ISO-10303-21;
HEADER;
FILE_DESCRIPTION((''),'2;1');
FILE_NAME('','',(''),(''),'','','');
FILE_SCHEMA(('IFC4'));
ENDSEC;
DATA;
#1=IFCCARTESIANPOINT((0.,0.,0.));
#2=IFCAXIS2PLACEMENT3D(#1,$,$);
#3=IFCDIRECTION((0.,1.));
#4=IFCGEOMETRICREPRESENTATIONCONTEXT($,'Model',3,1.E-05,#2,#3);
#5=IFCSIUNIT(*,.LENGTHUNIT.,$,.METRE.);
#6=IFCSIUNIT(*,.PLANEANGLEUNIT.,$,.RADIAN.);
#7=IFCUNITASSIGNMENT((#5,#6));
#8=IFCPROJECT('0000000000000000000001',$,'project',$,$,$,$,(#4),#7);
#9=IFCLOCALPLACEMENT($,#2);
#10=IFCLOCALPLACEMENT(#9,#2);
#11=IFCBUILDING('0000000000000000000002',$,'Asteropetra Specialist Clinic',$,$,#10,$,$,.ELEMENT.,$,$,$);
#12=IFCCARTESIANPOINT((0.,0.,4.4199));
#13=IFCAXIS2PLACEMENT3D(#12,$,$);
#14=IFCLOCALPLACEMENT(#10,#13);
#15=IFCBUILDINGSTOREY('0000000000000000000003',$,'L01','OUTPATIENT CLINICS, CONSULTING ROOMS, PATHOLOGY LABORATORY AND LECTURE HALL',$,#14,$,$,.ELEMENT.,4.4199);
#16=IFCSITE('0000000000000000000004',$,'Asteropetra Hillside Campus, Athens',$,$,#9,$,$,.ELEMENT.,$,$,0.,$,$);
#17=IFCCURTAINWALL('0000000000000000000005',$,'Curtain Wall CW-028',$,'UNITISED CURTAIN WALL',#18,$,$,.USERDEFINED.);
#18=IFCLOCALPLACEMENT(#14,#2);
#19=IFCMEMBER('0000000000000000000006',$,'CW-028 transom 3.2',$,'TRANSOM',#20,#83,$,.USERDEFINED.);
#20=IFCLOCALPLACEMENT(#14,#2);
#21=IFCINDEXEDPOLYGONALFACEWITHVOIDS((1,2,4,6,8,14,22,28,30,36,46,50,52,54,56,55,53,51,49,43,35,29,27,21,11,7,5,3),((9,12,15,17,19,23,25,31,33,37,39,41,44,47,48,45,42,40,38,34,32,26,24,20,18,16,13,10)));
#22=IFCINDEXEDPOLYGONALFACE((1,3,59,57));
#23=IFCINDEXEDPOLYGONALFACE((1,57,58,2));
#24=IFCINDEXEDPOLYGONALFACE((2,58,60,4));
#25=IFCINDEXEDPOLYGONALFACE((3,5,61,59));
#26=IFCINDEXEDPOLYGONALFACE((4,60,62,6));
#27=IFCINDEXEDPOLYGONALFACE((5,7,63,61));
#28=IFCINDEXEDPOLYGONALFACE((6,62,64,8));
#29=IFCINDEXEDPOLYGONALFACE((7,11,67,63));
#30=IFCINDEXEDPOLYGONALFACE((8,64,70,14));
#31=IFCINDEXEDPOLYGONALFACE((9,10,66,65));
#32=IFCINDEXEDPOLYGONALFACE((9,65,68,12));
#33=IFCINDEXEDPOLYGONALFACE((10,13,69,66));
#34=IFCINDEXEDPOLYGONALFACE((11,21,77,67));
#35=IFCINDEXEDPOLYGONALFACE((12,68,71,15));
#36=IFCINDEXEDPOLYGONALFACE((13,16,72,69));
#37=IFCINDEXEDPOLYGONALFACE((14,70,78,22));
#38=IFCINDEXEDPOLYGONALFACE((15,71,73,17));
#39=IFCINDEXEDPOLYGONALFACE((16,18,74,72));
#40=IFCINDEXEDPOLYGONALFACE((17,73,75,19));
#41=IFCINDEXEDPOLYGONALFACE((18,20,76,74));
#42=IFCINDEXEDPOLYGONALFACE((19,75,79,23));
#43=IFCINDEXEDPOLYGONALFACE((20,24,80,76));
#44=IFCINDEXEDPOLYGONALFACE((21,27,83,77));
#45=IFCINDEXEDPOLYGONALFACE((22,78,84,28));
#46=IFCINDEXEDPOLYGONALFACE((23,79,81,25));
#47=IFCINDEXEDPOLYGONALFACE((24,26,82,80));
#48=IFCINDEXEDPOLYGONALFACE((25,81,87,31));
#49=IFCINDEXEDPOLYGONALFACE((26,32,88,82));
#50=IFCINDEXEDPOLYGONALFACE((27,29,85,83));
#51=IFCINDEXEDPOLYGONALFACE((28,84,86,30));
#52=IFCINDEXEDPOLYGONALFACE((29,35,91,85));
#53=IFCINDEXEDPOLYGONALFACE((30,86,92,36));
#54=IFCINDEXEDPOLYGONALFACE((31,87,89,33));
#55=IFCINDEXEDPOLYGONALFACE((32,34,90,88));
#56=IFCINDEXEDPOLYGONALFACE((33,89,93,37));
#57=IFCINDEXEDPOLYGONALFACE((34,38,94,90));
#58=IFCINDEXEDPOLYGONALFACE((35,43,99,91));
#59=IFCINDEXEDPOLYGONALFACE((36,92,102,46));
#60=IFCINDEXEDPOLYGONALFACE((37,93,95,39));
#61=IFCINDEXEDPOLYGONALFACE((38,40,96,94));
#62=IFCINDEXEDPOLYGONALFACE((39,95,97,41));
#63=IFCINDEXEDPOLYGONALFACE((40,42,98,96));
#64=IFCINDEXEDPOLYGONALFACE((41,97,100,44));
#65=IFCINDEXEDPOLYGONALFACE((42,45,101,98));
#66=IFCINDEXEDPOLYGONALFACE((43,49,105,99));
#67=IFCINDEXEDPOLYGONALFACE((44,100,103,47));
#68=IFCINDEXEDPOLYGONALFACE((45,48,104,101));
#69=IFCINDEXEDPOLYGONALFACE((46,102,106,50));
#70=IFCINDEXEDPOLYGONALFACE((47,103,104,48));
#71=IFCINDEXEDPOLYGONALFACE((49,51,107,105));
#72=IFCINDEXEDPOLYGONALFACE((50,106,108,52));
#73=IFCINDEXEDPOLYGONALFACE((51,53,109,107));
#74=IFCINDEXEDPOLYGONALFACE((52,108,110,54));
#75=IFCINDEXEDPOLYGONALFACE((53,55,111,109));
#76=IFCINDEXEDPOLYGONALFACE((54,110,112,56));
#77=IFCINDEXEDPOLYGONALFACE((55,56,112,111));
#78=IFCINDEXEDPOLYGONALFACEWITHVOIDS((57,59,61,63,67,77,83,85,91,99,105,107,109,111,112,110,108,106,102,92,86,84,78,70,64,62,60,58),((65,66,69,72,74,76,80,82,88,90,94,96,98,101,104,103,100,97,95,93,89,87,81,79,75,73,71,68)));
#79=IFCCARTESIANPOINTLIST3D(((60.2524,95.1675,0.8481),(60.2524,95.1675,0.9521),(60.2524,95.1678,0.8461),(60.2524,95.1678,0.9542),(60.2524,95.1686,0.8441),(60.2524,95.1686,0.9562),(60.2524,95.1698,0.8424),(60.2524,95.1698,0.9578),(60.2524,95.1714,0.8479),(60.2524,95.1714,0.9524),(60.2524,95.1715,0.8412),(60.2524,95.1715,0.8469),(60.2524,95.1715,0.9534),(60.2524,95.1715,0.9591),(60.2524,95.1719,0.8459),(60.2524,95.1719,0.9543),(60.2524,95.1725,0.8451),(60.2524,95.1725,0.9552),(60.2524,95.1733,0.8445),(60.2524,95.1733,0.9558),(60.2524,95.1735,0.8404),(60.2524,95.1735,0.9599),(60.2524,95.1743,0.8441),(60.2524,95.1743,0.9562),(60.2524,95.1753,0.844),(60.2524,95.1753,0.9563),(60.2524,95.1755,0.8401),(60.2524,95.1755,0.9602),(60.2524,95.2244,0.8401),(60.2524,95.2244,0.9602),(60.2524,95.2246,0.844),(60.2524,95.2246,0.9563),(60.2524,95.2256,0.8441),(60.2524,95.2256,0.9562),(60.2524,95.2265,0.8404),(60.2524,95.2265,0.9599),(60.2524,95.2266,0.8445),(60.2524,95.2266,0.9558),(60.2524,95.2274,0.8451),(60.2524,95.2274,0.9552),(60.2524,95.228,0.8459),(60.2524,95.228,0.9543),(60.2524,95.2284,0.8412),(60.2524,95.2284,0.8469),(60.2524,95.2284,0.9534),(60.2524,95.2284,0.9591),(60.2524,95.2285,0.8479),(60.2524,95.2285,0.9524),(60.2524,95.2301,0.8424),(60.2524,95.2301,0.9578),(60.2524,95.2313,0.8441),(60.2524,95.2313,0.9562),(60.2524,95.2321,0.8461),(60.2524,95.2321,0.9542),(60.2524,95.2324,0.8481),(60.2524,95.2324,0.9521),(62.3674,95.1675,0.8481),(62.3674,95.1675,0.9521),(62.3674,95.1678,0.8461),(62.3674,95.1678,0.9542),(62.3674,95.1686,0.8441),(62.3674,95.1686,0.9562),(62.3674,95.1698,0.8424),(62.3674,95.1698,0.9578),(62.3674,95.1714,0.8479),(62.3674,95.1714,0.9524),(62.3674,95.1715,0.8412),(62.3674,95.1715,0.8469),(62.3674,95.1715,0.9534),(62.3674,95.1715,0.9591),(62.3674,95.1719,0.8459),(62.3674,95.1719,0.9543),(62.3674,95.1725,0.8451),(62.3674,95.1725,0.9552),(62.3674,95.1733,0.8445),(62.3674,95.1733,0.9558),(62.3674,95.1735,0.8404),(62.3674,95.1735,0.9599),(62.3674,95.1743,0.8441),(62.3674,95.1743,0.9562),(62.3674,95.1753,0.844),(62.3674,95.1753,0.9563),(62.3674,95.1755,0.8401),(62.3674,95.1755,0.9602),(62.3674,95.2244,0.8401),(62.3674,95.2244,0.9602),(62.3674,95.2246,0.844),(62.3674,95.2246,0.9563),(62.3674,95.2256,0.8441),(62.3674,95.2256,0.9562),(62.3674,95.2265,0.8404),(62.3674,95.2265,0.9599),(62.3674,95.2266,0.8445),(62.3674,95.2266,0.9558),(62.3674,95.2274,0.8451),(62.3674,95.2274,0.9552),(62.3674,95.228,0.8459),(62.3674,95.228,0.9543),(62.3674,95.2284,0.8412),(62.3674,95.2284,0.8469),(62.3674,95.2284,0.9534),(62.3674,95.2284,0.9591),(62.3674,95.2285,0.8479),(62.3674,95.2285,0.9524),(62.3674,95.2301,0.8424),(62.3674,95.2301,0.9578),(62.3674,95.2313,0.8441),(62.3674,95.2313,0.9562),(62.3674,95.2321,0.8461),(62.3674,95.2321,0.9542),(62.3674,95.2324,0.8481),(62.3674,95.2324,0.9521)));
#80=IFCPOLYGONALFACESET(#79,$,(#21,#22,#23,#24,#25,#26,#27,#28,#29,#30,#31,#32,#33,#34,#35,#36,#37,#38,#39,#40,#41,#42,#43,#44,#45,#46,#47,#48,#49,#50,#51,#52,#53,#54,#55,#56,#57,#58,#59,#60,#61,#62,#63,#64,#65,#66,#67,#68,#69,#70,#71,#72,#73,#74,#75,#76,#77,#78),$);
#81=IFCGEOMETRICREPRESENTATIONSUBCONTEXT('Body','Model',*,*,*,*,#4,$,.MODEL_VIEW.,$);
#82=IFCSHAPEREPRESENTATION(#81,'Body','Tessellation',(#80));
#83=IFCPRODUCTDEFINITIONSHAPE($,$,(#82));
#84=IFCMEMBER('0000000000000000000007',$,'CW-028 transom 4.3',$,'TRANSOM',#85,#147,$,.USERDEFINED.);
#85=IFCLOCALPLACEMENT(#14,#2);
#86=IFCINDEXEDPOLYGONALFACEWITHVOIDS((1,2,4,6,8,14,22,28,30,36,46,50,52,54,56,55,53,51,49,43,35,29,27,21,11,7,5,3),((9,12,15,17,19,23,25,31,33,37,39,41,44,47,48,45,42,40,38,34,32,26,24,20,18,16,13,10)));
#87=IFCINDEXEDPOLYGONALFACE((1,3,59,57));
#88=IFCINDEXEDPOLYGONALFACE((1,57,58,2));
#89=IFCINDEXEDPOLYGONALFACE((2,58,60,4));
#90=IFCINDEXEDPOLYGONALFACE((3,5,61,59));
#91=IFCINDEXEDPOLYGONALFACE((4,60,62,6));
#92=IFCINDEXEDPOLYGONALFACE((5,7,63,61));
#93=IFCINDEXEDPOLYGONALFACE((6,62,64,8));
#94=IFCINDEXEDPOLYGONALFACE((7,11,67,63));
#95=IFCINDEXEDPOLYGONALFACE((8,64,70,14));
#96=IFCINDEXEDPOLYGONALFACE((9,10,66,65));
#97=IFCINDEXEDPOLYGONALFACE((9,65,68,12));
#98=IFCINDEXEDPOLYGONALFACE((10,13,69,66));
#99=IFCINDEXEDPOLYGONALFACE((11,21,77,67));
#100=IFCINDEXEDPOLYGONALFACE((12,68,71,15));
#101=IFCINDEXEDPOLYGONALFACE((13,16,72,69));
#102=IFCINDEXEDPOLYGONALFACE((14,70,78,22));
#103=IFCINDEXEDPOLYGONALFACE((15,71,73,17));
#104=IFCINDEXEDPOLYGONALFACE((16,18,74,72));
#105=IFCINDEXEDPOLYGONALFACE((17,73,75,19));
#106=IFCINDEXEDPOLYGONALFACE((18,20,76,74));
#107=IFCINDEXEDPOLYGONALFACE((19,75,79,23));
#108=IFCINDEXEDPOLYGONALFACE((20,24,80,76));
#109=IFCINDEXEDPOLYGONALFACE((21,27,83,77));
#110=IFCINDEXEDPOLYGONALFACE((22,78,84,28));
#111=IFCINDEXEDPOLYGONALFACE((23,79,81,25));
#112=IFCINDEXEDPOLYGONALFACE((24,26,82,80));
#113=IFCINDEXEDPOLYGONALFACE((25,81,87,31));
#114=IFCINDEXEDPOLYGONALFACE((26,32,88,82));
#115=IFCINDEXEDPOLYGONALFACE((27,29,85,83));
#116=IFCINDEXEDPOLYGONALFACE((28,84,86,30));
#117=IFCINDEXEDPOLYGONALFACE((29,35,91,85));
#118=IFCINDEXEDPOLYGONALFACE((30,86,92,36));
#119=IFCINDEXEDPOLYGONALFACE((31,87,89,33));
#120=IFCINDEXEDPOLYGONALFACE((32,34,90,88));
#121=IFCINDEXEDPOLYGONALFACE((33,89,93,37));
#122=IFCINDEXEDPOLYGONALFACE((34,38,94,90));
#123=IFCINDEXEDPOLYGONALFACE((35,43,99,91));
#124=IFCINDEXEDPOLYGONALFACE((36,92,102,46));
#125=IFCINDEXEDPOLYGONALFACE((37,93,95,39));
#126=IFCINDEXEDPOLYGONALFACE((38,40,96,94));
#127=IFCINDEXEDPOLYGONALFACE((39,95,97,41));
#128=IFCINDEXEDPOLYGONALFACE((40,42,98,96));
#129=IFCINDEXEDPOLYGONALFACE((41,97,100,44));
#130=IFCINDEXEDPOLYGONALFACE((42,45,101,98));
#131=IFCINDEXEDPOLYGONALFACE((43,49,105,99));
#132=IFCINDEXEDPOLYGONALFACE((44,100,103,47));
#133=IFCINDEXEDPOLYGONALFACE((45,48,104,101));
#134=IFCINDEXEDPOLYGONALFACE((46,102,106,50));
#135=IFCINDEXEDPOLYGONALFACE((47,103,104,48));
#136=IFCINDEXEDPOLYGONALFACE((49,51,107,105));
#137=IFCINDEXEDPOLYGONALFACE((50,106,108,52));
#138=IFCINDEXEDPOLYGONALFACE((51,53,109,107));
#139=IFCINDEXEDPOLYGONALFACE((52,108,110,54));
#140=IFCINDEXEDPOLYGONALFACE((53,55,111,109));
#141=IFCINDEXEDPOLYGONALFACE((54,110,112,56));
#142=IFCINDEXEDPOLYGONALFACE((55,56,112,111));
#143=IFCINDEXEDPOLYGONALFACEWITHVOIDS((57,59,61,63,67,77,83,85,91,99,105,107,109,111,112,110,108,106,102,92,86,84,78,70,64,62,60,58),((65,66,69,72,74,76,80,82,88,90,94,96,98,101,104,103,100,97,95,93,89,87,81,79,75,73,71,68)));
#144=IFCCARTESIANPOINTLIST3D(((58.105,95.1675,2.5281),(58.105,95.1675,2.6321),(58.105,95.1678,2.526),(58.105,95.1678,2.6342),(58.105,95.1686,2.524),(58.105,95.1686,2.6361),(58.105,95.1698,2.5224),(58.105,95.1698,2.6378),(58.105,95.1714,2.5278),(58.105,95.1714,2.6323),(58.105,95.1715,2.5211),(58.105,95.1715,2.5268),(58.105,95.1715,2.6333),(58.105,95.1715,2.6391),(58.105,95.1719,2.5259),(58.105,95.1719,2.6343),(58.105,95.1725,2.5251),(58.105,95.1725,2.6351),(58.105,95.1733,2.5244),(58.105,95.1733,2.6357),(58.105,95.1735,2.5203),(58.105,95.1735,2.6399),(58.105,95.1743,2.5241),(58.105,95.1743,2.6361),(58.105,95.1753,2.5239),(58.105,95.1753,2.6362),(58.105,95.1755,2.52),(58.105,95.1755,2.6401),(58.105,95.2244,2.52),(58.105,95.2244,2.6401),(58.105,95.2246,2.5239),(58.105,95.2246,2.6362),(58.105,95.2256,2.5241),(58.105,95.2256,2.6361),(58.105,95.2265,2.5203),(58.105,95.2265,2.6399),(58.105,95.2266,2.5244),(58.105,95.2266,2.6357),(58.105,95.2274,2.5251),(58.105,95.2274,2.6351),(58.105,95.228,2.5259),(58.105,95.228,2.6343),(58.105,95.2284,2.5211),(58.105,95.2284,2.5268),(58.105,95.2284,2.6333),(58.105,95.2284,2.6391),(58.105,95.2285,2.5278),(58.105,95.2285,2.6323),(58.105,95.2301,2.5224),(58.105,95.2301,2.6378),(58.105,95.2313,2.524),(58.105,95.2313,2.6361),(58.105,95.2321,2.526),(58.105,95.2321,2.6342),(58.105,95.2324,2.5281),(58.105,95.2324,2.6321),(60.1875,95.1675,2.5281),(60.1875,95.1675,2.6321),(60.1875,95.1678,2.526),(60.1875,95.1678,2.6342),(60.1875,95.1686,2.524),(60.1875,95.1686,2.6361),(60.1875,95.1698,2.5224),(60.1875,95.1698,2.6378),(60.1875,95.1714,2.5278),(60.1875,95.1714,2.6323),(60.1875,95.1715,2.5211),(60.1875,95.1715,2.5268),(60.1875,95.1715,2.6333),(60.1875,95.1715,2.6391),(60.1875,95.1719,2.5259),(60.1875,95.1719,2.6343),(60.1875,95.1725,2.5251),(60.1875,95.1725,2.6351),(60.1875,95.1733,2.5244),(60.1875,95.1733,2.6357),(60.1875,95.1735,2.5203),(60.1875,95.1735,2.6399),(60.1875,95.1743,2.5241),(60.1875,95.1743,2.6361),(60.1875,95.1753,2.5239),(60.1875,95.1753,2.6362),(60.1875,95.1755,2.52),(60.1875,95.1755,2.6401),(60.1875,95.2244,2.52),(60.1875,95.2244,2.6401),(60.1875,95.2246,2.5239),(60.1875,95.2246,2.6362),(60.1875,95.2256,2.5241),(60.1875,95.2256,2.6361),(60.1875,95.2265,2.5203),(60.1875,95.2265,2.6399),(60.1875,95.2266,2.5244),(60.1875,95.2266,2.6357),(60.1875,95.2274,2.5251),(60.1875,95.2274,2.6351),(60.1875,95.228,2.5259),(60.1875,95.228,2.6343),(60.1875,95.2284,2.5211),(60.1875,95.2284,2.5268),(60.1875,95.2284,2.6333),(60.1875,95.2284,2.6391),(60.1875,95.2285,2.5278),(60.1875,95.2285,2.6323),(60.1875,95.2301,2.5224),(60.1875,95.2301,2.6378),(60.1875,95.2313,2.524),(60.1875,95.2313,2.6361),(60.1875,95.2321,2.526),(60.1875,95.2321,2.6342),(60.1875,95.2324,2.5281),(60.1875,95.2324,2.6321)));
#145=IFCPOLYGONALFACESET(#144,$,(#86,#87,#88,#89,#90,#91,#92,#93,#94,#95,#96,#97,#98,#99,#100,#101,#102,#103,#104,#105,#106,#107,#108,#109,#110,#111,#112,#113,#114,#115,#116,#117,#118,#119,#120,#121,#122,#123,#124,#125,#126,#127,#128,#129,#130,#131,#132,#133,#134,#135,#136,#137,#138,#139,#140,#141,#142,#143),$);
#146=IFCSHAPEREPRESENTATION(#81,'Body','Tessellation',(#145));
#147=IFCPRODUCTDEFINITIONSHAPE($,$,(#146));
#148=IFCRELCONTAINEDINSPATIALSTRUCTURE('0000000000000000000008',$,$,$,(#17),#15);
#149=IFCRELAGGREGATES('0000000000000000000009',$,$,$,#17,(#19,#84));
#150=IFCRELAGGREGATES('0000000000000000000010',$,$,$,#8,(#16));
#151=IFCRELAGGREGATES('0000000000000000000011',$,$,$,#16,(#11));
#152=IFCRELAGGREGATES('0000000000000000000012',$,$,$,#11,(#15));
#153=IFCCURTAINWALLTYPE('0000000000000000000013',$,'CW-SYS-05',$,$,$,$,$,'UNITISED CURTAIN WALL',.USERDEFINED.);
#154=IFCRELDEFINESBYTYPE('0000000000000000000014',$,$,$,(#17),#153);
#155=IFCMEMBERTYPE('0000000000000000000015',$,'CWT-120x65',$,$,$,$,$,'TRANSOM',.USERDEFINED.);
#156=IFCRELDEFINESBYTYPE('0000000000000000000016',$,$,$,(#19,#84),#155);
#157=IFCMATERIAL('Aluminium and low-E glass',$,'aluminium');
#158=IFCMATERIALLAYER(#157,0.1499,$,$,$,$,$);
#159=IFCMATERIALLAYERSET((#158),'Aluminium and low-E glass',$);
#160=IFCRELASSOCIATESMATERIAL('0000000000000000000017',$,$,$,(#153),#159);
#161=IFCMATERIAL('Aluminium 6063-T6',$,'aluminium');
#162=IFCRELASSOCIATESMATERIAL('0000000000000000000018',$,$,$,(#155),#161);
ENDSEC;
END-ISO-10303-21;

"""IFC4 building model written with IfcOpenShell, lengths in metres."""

from ifc_helpers import new_model, si_unit, direction, frame, origin, origin_2d, place, context, subcontext, project, spatial, hollow_rectangle, extrude, material, layer, layer_set, material_profile, profile_set, type_object, element, aggregate, save


model = new_model("IFC4")

# Units and contexts
model_context = context("Model", 3, precision=1e-05, world=origin(), true_north=direction((0.0, 1.0)))
body_context = subcontext(model_context, "Body", "Model", "MODEL_VIEW")
ifc_project = project(units=[si_unit("LENGTHUNIT", "METRE"), si_unit("PLANEANGLEUNIT", "RADIAN")], contexts=[model_context])

# Site, building, storey
site_placement = place(None, origin())
site = spatial("IfcSite", under=ifc_project, at=site_placement, Name="Asteropetra Hillside Campus, Athens", CompositionType="ELEMENT", RefElevation=0.0)
building_placement = place(site_placement, origin())
building = spatial("IfcBuilding", under=site, at=building_placement, Name="Asteropetra Specialist Clinic", CompositionType="ELEMENT")
storey_placement = place(building_placement, frame((0.0, 0.0, 4.4199)))
storey = spatial("IfcBuildingStorey", under=building, at=storey_placement, Name="L01", Description="OUTPATIENT CLINICS, CONSULTING ROOMS, PATHOLOGY LABORATORY AND LECTURE HALL", CompositionType="ELEMENT", Elevation=4.4199)

# Curtain wall
ifc_material_1 = material(Name="Aluminium and low-E glass", Category="aluminium")
ifc_layer_1 = layer(ifc_material_1, 0.1499)
ifc_layer_set_1 = layer_set([ifc_layer_1], Name="Aluminium and low-E glass")
curtain_wall_type_1 = type_object("IfcCurtainWallType", Name="CW-SYS-05", ElementType="UNITISED CURTAIN WALL", PredefinedType="USERDEFINED", material=ifc_layer_set_1)
curtain_wall_1_placement = place(storey_placement, origin())
curtain_wall_1 = element("IfcCurtainWall", 1, at=curtain_wall_1_placement, inside=storey, type_object=curtain_wall_type_1, Name="Curtain Wall CW-028", ObjectType="UNITISED CURTAIN WALL", PredefinedType="USERDEFINED")

# Members
ifc_material_2 = material(Name="Aluminium 6063-T6", Category="aluminium")
ifc_material_profile_1 = material_profile(ifc_material_2, hollow_rectangle(XDim=0.0649, YDim=0.1201, WallThickness=0.0039, InnerFilletRadius=0.0039, OuterFilletRadius=0.0081, at=origin_2d()), Name="TRN 120x65x4.0")
ifc_profile_set_1 = profile_set([ifc_material_profile_1], Name="Aluminium 6063-T6")
member_type_1 = type_object("IfcMemberType", Name="CWT-120x65", ElementType="TRANSOM", PredefinedType="USERDEFINED", material=ifc_profile_set_1)
member_1_placement = place(storey_placement, frame((62.3674, 95.2, 0.9001), z_axis=(-1.0, 0.0, 0.0), x_axis=(0.0, -1.0, 0.0)))
member_1 = element("IfcMember", 2, at=member_1_placement, type_object=member_type_1, Name="CW-028 transom 3.2", ObjectType="TRANSOM", PredefinedType="USERDEFINED", context=body_context, shape_type="SweptSolid", body=[
    extrude(hollow_rectangle(XDim=0.0649, YDim=0.1201, WallThickness=0.0039, InnerFilletRadius=0.0039, OuterFilletRadius=0.0081, at=origin_2d()), origin(), (0.0, 0.0, 1.0), 2.115),
])
member_2_placement = place(storey_placement, frame((60.1875, 95.2, 2.5801), z_axis=(-1.0, 0.0, 0.0), x_axis=(0.0, -1.0, 0.0)))
member_2 = element("IfcMember", 3, at=member_2_placement, type_object=member_type_1, Name="CW-028 transom 4.3", ObjectType="TRANSOM", PredefinedType="USERDEFINED", context=body_context, shape_type="SweptSolid", body=[
    extrude(hollow_rectangle(XDim=0.0649, YDim=0.1201, WallThickness=0.0039, InnerFilletRadius=0.0039, OuterFilletRadius=0.0081, at=origin_2d()), origin(), (0.0, 0.0, 1.0), 2.0825),
])

aggregate(curtain_wall_1, [member_1, member_2])

save(model, "model.ifc")
